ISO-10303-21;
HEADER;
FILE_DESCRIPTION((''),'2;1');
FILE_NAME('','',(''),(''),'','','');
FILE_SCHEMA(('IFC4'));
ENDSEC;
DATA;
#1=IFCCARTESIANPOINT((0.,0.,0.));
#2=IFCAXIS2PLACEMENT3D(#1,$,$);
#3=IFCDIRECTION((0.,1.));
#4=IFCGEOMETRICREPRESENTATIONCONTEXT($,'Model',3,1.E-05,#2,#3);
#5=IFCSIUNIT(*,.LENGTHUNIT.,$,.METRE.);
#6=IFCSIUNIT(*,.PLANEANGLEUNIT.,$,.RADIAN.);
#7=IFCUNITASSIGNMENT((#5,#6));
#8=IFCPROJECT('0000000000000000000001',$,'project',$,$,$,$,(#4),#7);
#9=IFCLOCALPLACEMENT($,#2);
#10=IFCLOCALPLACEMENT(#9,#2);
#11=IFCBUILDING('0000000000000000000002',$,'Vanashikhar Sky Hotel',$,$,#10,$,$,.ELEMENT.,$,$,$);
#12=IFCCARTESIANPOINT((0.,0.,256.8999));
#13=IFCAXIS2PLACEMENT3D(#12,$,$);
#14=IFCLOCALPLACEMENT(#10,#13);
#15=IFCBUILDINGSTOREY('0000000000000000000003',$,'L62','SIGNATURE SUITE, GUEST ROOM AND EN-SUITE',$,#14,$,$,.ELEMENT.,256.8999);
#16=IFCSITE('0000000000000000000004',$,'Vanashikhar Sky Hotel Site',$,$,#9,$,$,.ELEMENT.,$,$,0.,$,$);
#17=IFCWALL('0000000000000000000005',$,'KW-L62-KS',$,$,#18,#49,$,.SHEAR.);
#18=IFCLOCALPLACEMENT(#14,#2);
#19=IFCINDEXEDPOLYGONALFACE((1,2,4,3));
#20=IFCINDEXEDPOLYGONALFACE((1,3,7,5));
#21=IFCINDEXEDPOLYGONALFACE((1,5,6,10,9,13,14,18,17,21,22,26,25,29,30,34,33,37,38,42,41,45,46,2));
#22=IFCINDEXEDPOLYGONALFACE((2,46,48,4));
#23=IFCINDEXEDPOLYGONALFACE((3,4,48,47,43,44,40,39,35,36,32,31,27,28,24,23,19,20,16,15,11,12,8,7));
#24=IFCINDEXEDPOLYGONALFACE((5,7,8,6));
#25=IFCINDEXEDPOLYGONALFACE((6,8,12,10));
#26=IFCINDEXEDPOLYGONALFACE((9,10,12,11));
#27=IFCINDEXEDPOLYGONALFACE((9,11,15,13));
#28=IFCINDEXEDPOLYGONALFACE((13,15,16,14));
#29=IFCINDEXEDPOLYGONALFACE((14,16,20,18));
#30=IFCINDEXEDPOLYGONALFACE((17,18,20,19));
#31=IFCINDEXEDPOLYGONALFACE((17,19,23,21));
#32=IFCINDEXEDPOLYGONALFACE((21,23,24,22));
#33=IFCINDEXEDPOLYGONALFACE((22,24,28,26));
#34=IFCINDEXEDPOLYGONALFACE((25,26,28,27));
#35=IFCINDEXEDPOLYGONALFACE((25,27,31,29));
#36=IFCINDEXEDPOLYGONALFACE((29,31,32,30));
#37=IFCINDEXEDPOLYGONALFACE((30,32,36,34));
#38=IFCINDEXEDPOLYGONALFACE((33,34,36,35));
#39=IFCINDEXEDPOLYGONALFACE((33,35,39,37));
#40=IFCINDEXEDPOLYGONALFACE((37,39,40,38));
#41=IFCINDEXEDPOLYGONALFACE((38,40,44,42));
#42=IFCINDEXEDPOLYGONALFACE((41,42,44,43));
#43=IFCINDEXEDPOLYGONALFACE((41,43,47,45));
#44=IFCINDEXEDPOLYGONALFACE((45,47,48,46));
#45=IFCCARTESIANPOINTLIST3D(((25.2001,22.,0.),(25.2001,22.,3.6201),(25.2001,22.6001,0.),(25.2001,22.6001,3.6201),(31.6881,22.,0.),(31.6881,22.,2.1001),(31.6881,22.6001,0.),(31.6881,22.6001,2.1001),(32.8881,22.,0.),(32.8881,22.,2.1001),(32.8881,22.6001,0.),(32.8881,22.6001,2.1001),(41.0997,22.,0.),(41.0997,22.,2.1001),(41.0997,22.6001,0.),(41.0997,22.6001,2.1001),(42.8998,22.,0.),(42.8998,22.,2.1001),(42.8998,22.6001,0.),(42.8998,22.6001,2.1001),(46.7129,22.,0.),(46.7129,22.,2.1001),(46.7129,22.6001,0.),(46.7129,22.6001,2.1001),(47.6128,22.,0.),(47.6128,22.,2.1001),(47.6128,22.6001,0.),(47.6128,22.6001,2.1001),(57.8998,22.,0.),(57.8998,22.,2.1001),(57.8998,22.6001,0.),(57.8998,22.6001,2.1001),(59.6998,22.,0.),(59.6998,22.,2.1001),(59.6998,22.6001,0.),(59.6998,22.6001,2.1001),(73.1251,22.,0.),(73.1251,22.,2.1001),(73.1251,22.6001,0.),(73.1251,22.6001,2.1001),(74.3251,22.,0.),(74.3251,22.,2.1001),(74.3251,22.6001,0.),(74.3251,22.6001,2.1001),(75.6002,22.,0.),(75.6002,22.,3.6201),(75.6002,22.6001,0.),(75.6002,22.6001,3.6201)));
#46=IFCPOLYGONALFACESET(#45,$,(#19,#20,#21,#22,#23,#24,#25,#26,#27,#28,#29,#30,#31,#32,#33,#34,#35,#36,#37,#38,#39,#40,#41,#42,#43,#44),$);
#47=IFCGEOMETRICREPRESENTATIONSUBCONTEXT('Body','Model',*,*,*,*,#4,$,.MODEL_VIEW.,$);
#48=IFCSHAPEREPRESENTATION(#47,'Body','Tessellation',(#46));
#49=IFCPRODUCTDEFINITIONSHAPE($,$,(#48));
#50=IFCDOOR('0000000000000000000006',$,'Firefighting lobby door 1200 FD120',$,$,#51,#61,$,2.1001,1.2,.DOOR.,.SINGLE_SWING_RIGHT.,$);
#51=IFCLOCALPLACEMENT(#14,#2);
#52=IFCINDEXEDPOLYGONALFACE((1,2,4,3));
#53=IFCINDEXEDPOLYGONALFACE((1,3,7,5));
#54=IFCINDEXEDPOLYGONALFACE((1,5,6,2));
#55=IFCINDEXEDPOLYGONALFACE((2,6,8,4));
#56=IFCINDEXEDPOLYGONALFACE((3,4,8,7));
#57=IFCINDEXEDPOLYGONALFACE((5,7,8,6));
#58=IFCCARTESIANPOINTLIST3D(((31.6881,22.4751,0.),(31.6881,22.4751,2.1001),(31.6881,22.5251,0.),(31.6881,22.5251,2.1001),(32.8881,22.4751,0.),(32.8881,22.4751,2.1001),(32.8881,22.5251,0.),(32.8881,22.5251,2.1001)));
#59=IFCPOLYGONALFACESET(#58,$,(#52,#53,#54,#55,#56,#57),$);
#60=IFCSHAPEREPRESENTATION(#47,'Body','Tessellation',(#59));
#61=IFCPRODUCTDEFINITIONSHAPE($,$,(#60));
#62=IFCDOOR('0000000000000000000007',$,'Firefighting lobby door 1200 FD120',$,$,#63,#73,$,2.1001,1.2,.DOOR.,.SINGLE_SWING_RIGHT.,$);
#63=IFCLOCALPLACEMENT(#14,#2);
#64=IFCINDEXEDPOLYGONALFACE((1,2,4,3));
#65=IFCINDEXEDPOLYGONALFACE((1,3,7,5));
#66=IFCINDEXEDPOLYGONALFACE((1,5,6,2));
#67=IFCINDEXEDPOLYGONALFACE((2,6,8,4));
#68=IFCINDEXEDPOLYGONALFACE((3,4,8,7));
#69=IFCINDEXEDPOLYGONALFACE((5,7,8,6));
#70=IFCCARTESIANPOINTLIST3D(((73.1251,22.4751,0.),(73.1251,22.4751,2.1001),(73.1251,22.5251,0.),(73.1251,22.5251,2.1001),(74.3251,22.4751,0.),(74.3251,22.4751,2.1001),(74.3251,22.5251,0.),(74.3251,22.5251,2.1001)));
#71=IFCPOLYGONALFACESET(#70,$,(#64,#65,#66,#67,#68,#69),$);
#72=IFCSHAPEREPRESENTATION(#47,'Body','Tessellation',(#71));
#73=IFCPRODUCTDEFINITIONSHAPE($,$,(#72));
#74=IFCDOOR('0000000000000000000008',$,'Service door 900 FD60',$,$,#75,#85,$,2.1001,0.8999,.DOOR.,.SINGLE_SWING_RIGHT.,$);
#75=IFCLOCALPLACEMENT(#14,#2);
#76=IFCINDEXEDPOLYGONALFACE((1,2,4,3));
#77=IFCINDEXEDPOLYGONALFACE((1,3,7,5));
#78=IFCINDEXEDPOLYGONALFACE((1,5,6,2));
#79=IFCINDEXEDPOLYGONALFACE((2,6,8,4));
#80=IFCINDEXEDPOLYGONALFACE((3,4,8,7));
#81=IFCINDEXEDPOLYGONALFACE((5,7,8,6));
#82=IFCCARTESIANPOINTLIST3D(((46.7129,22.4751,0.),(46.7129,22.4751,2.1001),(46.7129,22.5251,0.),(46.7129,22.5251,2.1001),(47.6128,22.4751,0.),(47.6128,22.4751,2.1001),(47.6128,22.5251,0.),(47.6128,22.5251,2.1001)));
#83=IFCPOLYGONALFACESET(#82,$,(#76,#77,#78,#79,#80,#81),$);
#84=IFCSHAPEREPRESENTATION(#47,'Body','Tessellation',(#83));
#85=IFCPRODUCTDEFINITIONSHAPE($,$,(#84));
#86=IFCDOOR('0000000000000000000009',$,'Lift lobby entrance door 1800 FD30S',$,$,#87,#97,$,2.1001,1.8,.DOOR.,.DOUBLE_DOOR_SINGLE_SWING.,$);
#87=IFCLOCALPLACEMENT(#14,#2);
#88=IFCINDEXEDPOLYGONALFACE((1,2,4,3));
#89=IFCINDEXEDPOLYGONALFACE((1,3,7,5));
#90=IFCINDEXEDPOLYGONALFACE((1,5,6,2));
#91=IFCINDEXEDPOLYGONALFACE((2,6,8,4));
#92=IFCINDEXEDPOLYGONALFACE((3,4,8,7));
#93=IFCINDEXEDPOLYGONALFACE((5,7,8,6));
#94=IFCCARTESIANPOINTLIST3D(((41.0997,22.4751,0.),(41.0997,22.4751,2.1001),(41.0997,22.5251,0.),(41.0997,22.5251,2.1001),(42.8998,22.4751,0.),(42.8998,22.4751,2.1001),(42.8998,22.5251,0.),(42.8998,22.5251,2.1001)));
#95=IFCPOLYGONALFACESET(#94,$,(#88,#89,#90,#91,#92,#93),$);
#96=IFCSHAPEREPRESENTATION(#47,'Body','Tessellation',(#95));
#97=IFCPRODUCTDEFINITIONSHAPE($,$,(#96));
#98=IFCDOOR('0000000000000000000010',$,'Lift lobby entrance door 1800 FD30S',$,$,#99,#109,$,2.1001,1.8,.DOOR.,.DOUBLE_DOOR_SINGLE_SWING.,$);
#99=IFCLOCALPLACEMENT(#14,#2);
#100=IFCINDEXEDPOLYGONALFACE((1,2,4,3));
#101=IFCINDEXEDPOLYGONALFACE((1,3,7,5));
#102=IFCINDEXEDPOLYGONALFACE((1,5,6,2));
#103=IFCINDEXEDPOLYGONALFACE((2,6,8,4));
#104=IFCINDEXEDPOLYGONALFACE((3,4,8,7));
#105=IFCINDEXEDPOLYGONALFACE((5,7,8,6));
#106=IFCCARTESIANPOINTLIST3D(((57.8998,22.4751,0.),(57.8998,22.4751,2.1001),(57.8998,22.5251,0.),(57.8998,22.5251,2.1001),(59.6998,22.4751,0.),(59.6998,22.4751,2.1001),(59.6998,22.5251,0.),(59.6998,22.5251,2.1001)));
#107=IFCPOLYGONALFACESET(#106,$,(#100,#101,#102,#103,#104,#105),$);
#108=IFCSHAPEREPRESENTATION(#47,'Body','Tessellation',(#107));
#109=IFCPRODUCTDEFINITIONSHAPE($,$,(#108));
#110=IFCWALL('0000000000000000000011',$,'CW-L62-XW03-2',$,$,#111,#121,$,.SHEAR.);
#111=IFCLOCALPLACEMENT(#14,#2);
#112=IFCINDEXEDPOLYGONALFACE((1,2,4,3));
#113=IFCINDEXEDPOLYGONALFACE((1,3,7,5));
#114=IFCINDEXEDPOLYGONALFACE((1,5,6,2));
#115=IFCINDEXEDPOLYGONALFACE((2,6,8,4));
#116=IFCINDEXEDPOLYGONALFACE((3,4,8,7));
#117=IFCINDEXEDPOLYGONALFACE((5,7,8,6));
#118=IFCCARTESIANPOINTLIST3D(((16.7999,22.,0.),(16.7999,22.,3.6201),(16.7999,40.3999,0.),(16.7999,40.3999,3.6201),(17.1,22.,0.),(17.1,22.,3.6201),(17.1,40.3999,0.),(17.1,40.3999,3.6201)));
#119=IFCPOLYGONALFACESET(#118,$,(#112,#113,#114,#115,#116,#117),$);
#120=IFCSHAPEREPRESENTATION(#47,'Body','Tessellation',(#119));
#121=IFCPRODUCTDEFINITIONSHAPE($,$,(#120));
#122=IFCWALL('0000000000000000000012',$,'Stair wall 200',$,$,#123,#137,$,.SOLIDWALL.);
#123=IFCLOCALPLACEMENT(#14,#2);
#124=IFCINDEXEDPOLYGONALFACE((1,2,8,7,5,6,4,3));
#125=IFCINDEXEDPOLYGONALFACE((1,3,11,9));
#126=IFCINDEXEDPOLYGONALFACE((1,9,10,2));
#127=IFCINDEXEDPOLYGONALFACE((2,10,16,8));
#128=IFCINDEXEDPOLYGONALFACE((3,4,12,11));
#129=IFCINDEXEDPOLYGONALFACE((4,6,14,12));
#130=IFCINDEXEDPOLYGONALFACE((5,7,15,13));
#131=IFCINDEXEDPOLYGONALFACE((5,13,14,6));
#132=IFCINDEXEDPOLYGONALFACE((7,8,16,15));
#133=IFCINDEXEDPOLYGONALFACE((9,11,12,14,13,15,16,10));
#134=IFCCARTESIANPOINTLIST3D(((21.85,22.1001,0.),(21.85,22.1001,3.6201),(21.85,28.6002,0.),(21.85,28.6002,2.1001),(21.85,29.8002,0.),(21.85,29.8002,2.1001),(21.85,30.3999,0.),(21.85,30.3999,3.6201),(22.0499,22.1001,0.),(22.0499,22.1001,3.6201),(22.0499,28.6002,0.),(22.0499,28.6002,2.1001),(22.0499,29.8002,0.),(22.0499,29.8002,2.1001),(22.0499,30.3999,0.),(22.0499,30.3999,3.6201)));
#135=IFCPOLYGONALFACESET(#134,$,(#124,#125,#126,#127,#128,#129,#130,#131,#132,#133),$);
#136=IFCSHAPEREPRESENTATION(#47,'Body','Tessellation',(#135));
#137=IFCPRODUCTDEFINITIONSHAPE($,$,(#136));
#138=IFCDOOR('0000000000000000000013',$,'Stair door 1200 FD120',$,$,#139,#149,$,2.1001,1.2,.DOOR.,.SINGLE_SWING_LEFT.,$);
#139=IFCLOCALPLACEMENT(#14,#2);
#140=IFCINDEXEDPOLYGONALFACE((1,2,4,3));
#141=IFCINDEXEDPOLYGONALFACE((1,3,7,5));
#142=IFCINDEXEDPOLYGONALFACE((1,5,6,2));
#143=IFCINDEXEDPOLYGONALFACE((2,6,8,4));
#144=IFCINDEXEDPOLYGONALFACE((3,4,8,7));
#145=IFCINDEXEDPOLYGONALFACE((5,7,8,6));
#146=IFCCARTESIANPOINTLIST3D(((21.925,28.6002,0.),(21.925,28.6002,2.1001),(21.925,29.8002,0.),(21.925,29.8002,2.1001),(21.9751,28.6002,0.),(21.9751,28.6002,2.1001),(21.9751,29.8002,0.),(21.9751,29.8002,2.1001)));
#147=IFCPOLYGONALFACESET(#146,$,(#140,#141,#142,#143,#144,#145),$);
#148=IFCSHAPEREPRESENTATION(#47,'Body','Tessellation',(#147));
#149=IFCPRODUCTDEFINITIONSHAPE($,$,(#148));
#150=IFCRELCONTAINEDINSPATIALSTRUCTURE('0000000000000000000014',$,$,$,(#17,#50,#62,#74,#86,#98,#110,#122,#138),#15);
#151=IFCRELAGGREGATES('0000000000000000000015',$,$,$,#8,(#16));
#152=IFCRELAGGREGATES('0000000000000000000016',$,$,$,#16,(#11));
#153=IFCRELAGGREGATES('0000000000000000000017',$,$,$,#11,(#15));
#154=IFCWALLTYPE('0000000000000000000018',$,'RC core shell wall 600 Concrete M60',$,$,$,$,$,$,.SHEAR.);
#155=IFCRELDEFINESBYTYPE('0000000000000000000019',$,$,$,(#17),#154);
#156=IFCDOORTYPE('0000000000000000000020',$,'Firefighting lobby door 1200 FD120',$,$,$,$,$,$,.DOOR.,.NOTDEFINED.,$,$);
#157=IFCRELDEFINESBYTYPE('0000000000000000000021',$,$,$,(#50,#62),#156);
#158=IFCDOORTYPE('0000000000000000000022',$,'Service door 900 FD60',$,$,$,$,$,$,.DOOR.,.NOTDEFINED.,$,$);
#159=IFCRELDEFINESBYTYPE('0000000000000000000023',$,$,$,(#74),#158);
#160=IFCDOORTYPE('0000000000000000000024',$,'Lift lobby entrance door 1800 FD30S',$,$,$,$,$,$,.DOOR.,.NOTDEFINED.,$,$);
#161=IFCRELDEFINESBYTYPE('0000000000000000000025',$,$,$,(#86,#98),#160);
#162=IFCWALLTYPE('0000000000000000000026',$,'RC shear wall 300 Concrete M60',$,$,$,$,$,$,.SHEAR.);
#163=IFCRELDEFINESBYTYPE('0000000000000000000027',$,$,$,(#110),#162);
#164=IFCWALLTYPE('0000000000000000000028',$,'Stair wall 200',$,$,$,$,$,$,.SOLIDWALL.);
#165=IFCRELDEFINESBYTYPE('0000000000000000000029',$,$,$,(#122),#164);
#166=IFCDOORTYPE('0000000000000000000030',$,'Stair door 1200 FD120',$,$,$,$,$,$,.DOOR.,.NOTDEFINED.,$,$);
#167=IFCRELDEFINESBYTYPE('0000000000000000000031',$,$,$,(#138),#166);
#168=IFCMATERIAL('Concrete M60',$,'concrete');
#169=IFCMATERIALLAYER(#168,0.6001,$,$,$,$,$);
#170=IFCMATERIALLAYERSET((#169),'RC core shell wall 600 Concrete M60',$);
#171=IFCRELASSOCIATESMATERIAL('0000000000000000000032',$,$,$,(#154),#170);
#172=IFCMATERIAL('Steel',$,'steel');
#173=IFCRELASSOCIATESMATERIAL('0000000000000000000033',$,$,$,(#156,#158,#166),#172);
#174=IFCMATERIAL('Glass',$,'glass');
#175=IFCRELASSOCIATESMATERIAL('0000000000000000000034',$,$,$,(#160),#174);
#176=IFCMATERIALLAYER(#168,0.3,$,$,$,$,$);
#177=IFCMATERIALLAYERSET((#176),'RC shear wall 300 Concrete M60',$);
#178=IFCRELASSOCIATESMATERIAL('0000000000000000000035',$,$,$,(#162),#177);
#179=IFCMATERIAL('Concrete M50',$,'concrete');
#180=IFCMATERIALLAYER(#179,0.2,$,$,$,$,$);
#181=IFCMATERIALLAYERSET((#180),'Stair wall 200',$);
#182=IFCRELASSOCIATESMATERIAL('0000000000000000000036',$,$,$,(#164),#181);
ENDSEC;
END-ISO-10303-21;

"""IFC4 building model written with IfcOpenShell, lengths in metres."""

from ifc_helpers import new_model, si_unit, direction, frame, frame_2d, origin, place, context, subcontext, project, spatial, rectangle, extrude, source, transform, mapped, material, layer, layer_set, type_object, element, fill, save


model = new_model("IFC4")

# Units and contexts
model_context = context("Model", 3, precision=1e-05, world=origin(), true_north=direction((0.0, 1.0)))
body_context = subcontext(model_context, "Body", "Model", "MODEL_VIEW")
ifc_project = project(units=[si_unit("LENGTHUNIT", "METRE"), si_unit("PLANEANGLEUNIT", "RADIAN")], contexts=[model_context])

# Site, building, storey
site_placement = place(None, origin())
site = spatial("IfcSite", under=ifc_project, at=site_placement, Name="Vanashikhar Sky Hotel Site", CompositionType="ELEMENT", RefElevation=0.0)
building_placement = place(site_placement, origin())
building = spatial("IfcBuilding", under=site, at=building_placement, Name="Vanashikhar Sky Hotel", CompositionType="ELEMENT")
storey_placement = place(building_placement, frame((0.0, 0.0, 256.8999)))
storey = spatial("IfcBuildingStorey", under=building, at=storey_placement, Name="L62", Description="SIGNATURE SUITE, GUEST ROOM AND EN-SUITE", CompositionType="ELEMENT", Elevation=256.8999)

# Wall, openings, doors
ifc_material_1 = material(Name="Concrete M60", Category="concrete")
ifc_layer_1 = layer(ifc_material_1, 0.6001)
ifc_layer_set_1 = layer_set([ifc_layer_1], Name="RC core shell wall 600 Concrete M60")
wall_type_1 = type_object("IfcWallType", Name="RC core shell wall 600 Concrete M60", PredefinedType="SHEAR", material=ifc_layer_set_1)
shared_shape_1 = source(origin(), body_context, "Body", "SweptSolid", [
    extrude(rectangle(XDim=50.4001, YDim=0.6001, at=frame_2d((25.2002, 0.0))), origin(), (0.0, 0.0, 1.0), 3.6201),
])
wall_1_placement = place(storey_placement, frame((25.2, 22.3, 0.0), z_axis=(0.0, 0.0, 1.0), x_axis=(1.0, 0.0, 0.0)))
wall_1 = element("IfcWall", 1, at=wall_1_placement, inside=storey, type_object=wall_type_1, Name="KW-L62-KS", PredefinedType="SHEAR", context=body_context, shape_type="MappedRepresentation", body=[
    mapped(shared_shape_1, transform((0.0, 0.0, 0.0), scale=1.0)),
])
shared_shape_2 = source(origin(), body_context, "Body", "SweptSolid", [
    extrude(rectangle(XDim=1.8, YDim=2.1001, at=frame_2d((0.8999, 1.05))), frame((0.0, 0.3101, 0.0), z_axis=(0.0, -1.0, 0.0), x_axis=(1.0, 0.0, 0.0)), (0.0, 0.0, 1.0), 0.6201),
])
opening_1_placement = place(wall_1_placement, frame((15.8999, 0.0, 0.0)))
opening_1 = element("IfcOpeningElement", 2, at=opening_1_placement, cuts=wall_1, PredefinedType="OPENING", context=body_context, shape_type="MappedRepresentation", body=[
    mapped(shared_shape_2, transform((0.0, 0.0, 0.0), scale=1.0)),
])
shared_shape_3 = source(origin(), body_context, "Body", "SweptSolid", [
    extrude(rectangle(XDim=0.8999, YDim=2.1001, at=frame_2d((0.45, 1.05))), frame((0.0, 0.3101, 0.0), z_axis=(0.0, -1.0, 0.0), x_axis=(1.0, 0.0, 0.0)), (0.0, 0.0, 1.0), 0.6201),
])
opening_2_placement = place(wall_1_placement, frame((21.5129, 0.0, 0.0)))
opening_2 = element("IfcOpeningElement", 3, at=opening_2_placement, cuts=wall_1, PredefinedType="OPENING", context=body_context, shape_type="MappedRepresentation", body=[
    mapped(shared_shape_3, transform((0.0, 0.0, 0.0), scale=1.0)),
])
opening_3_placement = place(wall_1_placement, frame((32.7, 0.0, 0.0)))
opening_3 = element("IfcOpeningElement", 4, at=opening_3_placement, cuts=wall_1, PredefinedType="OPENING", context=body_context, shape_type="MappedRepresentation", body=[
    mapped(shared_shape_2, transform((0.0, 0.0, 0.0), scale=1.0)),
])
shared_shape_4 = source(origin(), body_context, "Body", "SweptSolid", [
    extrude(rectangle(XDim=1.2, YDim=2.1001, at=frame_2d((0.6001, 1.05))), frame((0.0, 0.3101, 0.0), z_axis=(0.0, -1.0, 0.0), x_axis=(1.0, 0.0, 0.0)), (0.0, 0.0, 1.0), 0.6201),
])
opening_4_placement = place(wall_1_placement, frame((6.488, 0.0, 0.0)))
opening_4 = element("IfcOpeningElement", 5, at=opening_4_placement, cuts=wall_1, PredefinedType="OPENING", context=body_context, shape_type="MappedRepresentation", body=[
    mapped(shared_shape_4, transform((0.0, 0.0, 0.0), scale=1.0)),
])
opening_5_placement = place(wall_1_placement, frame((47.925, 0.0, 0.0)))
opening_5 = element("IfcOpeningElement", 6, at=opening_5_placement, cuts=wall_1, PredefinedType="OPENING", context=body_context, shape_type="MappedRepresentation", body=[
    mapped(shared_shape_4, transform((0.0, 0.0, 0.0), scale=1.0)),
])
ifc_material_2 = material(Name="Steel", Category="steel")
door_type_1 = type_object("IfcDoorType", Name="Firefighting lobby door 1200 FD120", OperationType="NOTDEFINED", PredefinedType="DOOR", material=ifc_material_2)
shared_shape_5 = source(origin(), body_context, "Body", "SweptSolid", [
    extrude(rectangle(XDim=1.2, YDim=2.1001, at=frame_2d((0.6001, 1.05))), frame((0.0, 0.2251, 0.0), z_axis=(0.0, -1.0, 0.0), x_axis=(1.0, 0.0, 0.0)), (0.0, 0.0, 1.0), 0.05),
])
door_1_placement = place(opening_4_placement, origin())
door_1 = element("IfcDoor", 7, at=door_1_placement, inside=storey, type_object=door_type_1, Name="Firefighting lobby door 1200 FD120", OperationType="SINGLE_SWING_RIGHT", OverallHeight=2.1001, OverallWidth=1.2, PredefinedType="DOOR", context=body_context, shape_type="MappedRepresentation", body=[
    mapped(shared_shape_5, transform((0.0, 0.0, 0.0), scale=1.0)),
])
fill(opening_4, door_1)
door_2_placement = place(opening_5_placement, origin())
door_2 = element("IfcDoor", 8, at=door_2_placement, inside=storey, type_object=door_type_1, Name="Firefighting lobby door 1200 FD120", OperationType="SINGLE_SWING_RIGHT", OverallHeight=2.1001, OverallWidth=1.2, PredefinedType="DOOR", context=body_context, shape_type="MappedRepresentation", body=[
    mapped(shared_shape_5, transform((0.0, 0.0, 0.0), scale=1.0)),
])
fill(opening_5, door_2)
door_type_2 = type_object("IfcDoorType", Name="Service door 900 FD60", OperationType="NOTDEFINED", PredefinedType="DOOR", material=ifc_material_2)
shared_shape_6 = source(origin(), body_context, "Body", "SweptSolid", [
    extrude(rectangle(XDim=0.8999, YDim=2.1001, at=frame_2d((0.45, 1.05))), frame((0.0, 0.2251, 0.0), z_axis=(0.0, -1.0, 0.0), x_axis=(1.0, 0.0, 0.0)), (0.0, 0.0, 1.0), 0.05),
])
door_3_placement = place(opening_2_placement, origin())
door_3 = element("IfcDoor", 9, at=door_3_placement, inside=storey, type_object=door_type_2, Name="Service door 900 FD60", OperationType="SINGLE_SWING_RIGHT", OverallHeight=2.1001, OverallWidth=0.8999, PredefinedType="DOOR", context=body_context, shape_type="MappedRepresentation", body=[
    mapped(shared_shape_6, transform((0.0, 0.0, 0.0), scale=1.0)),
])
fill(opening_2, door_3)
ifc_material_3 = material(Name="Glass", Category="glass")
door_type_3 = type_object("IfcDoorType", Name="Lift lobby entrance door 1800 FD30S", OperationType="NOTDEFINED", PredefinedType="DOOR", material=ifc_material_3)
shared_shape_7 = source(origin(), body_context, "Body", "SweptSolid", [
    extrude(rectangle(XDim=1.8, YDim=2.1001, at=frame_2d((0.8999, 1.05))), frame((0.0, 0.2251, 0.0), z_axis=(0.0, -1.0, 0.0), x_axis=(1.0, 0.0, 0.0)), (0.0, 0.0, 1.0), 0.05),
])
door_4_placement = place(opening_1_placement, origin())
door_4 = element("IfcDoor", 10, at=door_4_placement, inside=storey, type_object=door_type_3, Name="Lift lobby entrance door 1800 FD30S", OperationType="DOUBLE_DOOR_SINGLE_SWING", OverallHeight=2.1001, OverallWidth=1.8, PredefinedType="DOOR", context=body_context, shape_type="MappedRepresentation", body=[
    mapped(shared_shape_7, transform((0.0, 0.0, 0.0), scale=1.0)),
])
fill(opening_1, door_4)
door_5_placement = place(opening_3_placement, origin())
door_5 = element("IfcDoor", 11, at=door_5_placement, inside=storey, type_object=door_type_3, Name="Lift lobby entrance door 1800 FD30S", OperationType="DOUBLE_DOOR_SINGLE_SWING", OverallHeight=2.1001, OverallWidth=1.8, PredefinedType="DOOR", context=body_context, shape_type="MappedRepresentation", body=[
    mapped(shared_shape_7, transform((0.0, 0.0, 0.0), scale=1.0)),
])
fill(opening_3, door_5)

# Wall
ifc_layer_2 = layer(ifc_material_1, 0.3)
ifc_layer_set_2 = layer_set([ifc_layer_2], Name="RC shear wall 300 Concrete M60")
wall_type_2 = type_object("IfcWallType", Name="RC shear wall 300 Concrete M60", PredefinedType="SHEAR", material=ifc_layer_set_2)
shared_shape_8 = source(origin(), body_context, "Body", "SweptSolid", [
    extrude(rectangle(XDim=18.3999, YDim=0.3, at=frame_2d((9.2, 0.0))), origin(), (0.0, 0.0, 1.0), 3.6201),
])
wall_2_placement = place(storey_placement, frame((16.95, 22.0, 0.0), z_axis=(0.0, 0.0, 1.0), x_axis=(0.0, 1.0, 0.0)))
element("IfcWall", 12, at=wall_2_placement, inside=storey, type_object=wall_type_2, Name="CW-L62-XW03-2", PredefinedType="SHEAR", context=body_context, shape_type="MappedRepresentation", body=[
    mapped(shared_shape_8, transform((0.0, 0.0, 0.0), scale=1.0)),
])

# Wall, opening, door
ifc_material_4 = material(Name="Concrete M50", Category="concrete")
ifc_layer_3 = layer(ifc_material_4, 0.2)
ifc_layer_set_3 = layer_set([ifc_layer_3], Name="Stair wall 200")
wall_type_3 = type_object("IfcWallType", Name="Stair wall 200", PredefinedType="SOLIDWALL", material=ifc_layer_set_3)
shared_shape_9 = source(origin(), body_context, "Body", "SweptSolid", [
    extrude(rectangle(XDim=8.2998, YDim=0.2, at=frame_2d((4.1499, 0.0))), origin(), (0.0, 0.0, 1.0), 3.6201),
])
wall_3_placement = place(storey_placement, frame((21.95, 22.1001, 0.0), z_axis=(0.0, 0.0, 1.0), x_axis=(0.0, 1.0, 0.0)))
wall_3 = element("IfcWall", 13, at=wall_3_placement, inside=storey, type_object=wall_type_3, Name="Stair wall 200", PredefinedType="SOLIDWALL", context=body_context, shape_type="MappedRepresentation", body=[
    mapped(shared_shape_9, transform((0.0, 0.0, 0.0), scale=1.0)),
])
shared_shape_10 = source(origin(), body_context, "Body", "SweptSolid", [
    extrude(rectangle(XDim=1.2, YDim=2.1001, at=frame_2d((0.6001, 1.05))), frame((0.0, 0.1099, 0.0), z_axis=(0.0, -1.0, 0.0), x_axis=(1.0, 0.0, 0.0)), (0.0, 0.0, 1.0), 0.22),
])
opening_6_placement = place(wall_3_placement, frame((6.5, 0.0, 0.0)))
opening_6 = element("IfcOpeningElement", 14, at=opening_6_placement, cuts=wall_3, PredefinedType="OPENING", context=body_context, shape_type="MappedRepresentation", body=[
    mapped(shared_shape_10, transform((0.0, 0.0, 0.0), scale=1.0)),
])
door_type_4 = type_object("IfcDoorType", Name="Stair door 1200 FD120", OperationType="NOTDEFINED", PredefinedType="DOOR", material=ifc_material_2)
shared_shape_11 = source(origin(), body_context, "Body", "SweptSolid", [
    extrude(rectangle(XDim=1.2, YDim=2.1001, at=frame_2d((0.6001, 1.05))), frame((0.0, 0.0249, 0.0), z_axis=(0.0, -1.0, 0.0), x_axis=(1.0, 0.0, 0.0)), (0.0, 0.0, 1.0), 0.05),
])
door_6_placement = place(opening_6_placement, origin())
door_6 = element("IfcDoor", 15, at=door_6_placement, inside=storey, type_object=door_type_4, Name="Stair door 1200 FD120", OperationType="SINGLE_SWING_LEFT", OverallHeight=2.1001, OverallWidth=1.2, PredefinedType="DOOR", context=body_context, shape_type="MappedRepresentation", body=[
    mapped(shared_shape_11, transform((0.0, 0.0, 0.0), scale=1.0)),
])
fill(opening_6, door_6)

save(model, "model.ifc")
